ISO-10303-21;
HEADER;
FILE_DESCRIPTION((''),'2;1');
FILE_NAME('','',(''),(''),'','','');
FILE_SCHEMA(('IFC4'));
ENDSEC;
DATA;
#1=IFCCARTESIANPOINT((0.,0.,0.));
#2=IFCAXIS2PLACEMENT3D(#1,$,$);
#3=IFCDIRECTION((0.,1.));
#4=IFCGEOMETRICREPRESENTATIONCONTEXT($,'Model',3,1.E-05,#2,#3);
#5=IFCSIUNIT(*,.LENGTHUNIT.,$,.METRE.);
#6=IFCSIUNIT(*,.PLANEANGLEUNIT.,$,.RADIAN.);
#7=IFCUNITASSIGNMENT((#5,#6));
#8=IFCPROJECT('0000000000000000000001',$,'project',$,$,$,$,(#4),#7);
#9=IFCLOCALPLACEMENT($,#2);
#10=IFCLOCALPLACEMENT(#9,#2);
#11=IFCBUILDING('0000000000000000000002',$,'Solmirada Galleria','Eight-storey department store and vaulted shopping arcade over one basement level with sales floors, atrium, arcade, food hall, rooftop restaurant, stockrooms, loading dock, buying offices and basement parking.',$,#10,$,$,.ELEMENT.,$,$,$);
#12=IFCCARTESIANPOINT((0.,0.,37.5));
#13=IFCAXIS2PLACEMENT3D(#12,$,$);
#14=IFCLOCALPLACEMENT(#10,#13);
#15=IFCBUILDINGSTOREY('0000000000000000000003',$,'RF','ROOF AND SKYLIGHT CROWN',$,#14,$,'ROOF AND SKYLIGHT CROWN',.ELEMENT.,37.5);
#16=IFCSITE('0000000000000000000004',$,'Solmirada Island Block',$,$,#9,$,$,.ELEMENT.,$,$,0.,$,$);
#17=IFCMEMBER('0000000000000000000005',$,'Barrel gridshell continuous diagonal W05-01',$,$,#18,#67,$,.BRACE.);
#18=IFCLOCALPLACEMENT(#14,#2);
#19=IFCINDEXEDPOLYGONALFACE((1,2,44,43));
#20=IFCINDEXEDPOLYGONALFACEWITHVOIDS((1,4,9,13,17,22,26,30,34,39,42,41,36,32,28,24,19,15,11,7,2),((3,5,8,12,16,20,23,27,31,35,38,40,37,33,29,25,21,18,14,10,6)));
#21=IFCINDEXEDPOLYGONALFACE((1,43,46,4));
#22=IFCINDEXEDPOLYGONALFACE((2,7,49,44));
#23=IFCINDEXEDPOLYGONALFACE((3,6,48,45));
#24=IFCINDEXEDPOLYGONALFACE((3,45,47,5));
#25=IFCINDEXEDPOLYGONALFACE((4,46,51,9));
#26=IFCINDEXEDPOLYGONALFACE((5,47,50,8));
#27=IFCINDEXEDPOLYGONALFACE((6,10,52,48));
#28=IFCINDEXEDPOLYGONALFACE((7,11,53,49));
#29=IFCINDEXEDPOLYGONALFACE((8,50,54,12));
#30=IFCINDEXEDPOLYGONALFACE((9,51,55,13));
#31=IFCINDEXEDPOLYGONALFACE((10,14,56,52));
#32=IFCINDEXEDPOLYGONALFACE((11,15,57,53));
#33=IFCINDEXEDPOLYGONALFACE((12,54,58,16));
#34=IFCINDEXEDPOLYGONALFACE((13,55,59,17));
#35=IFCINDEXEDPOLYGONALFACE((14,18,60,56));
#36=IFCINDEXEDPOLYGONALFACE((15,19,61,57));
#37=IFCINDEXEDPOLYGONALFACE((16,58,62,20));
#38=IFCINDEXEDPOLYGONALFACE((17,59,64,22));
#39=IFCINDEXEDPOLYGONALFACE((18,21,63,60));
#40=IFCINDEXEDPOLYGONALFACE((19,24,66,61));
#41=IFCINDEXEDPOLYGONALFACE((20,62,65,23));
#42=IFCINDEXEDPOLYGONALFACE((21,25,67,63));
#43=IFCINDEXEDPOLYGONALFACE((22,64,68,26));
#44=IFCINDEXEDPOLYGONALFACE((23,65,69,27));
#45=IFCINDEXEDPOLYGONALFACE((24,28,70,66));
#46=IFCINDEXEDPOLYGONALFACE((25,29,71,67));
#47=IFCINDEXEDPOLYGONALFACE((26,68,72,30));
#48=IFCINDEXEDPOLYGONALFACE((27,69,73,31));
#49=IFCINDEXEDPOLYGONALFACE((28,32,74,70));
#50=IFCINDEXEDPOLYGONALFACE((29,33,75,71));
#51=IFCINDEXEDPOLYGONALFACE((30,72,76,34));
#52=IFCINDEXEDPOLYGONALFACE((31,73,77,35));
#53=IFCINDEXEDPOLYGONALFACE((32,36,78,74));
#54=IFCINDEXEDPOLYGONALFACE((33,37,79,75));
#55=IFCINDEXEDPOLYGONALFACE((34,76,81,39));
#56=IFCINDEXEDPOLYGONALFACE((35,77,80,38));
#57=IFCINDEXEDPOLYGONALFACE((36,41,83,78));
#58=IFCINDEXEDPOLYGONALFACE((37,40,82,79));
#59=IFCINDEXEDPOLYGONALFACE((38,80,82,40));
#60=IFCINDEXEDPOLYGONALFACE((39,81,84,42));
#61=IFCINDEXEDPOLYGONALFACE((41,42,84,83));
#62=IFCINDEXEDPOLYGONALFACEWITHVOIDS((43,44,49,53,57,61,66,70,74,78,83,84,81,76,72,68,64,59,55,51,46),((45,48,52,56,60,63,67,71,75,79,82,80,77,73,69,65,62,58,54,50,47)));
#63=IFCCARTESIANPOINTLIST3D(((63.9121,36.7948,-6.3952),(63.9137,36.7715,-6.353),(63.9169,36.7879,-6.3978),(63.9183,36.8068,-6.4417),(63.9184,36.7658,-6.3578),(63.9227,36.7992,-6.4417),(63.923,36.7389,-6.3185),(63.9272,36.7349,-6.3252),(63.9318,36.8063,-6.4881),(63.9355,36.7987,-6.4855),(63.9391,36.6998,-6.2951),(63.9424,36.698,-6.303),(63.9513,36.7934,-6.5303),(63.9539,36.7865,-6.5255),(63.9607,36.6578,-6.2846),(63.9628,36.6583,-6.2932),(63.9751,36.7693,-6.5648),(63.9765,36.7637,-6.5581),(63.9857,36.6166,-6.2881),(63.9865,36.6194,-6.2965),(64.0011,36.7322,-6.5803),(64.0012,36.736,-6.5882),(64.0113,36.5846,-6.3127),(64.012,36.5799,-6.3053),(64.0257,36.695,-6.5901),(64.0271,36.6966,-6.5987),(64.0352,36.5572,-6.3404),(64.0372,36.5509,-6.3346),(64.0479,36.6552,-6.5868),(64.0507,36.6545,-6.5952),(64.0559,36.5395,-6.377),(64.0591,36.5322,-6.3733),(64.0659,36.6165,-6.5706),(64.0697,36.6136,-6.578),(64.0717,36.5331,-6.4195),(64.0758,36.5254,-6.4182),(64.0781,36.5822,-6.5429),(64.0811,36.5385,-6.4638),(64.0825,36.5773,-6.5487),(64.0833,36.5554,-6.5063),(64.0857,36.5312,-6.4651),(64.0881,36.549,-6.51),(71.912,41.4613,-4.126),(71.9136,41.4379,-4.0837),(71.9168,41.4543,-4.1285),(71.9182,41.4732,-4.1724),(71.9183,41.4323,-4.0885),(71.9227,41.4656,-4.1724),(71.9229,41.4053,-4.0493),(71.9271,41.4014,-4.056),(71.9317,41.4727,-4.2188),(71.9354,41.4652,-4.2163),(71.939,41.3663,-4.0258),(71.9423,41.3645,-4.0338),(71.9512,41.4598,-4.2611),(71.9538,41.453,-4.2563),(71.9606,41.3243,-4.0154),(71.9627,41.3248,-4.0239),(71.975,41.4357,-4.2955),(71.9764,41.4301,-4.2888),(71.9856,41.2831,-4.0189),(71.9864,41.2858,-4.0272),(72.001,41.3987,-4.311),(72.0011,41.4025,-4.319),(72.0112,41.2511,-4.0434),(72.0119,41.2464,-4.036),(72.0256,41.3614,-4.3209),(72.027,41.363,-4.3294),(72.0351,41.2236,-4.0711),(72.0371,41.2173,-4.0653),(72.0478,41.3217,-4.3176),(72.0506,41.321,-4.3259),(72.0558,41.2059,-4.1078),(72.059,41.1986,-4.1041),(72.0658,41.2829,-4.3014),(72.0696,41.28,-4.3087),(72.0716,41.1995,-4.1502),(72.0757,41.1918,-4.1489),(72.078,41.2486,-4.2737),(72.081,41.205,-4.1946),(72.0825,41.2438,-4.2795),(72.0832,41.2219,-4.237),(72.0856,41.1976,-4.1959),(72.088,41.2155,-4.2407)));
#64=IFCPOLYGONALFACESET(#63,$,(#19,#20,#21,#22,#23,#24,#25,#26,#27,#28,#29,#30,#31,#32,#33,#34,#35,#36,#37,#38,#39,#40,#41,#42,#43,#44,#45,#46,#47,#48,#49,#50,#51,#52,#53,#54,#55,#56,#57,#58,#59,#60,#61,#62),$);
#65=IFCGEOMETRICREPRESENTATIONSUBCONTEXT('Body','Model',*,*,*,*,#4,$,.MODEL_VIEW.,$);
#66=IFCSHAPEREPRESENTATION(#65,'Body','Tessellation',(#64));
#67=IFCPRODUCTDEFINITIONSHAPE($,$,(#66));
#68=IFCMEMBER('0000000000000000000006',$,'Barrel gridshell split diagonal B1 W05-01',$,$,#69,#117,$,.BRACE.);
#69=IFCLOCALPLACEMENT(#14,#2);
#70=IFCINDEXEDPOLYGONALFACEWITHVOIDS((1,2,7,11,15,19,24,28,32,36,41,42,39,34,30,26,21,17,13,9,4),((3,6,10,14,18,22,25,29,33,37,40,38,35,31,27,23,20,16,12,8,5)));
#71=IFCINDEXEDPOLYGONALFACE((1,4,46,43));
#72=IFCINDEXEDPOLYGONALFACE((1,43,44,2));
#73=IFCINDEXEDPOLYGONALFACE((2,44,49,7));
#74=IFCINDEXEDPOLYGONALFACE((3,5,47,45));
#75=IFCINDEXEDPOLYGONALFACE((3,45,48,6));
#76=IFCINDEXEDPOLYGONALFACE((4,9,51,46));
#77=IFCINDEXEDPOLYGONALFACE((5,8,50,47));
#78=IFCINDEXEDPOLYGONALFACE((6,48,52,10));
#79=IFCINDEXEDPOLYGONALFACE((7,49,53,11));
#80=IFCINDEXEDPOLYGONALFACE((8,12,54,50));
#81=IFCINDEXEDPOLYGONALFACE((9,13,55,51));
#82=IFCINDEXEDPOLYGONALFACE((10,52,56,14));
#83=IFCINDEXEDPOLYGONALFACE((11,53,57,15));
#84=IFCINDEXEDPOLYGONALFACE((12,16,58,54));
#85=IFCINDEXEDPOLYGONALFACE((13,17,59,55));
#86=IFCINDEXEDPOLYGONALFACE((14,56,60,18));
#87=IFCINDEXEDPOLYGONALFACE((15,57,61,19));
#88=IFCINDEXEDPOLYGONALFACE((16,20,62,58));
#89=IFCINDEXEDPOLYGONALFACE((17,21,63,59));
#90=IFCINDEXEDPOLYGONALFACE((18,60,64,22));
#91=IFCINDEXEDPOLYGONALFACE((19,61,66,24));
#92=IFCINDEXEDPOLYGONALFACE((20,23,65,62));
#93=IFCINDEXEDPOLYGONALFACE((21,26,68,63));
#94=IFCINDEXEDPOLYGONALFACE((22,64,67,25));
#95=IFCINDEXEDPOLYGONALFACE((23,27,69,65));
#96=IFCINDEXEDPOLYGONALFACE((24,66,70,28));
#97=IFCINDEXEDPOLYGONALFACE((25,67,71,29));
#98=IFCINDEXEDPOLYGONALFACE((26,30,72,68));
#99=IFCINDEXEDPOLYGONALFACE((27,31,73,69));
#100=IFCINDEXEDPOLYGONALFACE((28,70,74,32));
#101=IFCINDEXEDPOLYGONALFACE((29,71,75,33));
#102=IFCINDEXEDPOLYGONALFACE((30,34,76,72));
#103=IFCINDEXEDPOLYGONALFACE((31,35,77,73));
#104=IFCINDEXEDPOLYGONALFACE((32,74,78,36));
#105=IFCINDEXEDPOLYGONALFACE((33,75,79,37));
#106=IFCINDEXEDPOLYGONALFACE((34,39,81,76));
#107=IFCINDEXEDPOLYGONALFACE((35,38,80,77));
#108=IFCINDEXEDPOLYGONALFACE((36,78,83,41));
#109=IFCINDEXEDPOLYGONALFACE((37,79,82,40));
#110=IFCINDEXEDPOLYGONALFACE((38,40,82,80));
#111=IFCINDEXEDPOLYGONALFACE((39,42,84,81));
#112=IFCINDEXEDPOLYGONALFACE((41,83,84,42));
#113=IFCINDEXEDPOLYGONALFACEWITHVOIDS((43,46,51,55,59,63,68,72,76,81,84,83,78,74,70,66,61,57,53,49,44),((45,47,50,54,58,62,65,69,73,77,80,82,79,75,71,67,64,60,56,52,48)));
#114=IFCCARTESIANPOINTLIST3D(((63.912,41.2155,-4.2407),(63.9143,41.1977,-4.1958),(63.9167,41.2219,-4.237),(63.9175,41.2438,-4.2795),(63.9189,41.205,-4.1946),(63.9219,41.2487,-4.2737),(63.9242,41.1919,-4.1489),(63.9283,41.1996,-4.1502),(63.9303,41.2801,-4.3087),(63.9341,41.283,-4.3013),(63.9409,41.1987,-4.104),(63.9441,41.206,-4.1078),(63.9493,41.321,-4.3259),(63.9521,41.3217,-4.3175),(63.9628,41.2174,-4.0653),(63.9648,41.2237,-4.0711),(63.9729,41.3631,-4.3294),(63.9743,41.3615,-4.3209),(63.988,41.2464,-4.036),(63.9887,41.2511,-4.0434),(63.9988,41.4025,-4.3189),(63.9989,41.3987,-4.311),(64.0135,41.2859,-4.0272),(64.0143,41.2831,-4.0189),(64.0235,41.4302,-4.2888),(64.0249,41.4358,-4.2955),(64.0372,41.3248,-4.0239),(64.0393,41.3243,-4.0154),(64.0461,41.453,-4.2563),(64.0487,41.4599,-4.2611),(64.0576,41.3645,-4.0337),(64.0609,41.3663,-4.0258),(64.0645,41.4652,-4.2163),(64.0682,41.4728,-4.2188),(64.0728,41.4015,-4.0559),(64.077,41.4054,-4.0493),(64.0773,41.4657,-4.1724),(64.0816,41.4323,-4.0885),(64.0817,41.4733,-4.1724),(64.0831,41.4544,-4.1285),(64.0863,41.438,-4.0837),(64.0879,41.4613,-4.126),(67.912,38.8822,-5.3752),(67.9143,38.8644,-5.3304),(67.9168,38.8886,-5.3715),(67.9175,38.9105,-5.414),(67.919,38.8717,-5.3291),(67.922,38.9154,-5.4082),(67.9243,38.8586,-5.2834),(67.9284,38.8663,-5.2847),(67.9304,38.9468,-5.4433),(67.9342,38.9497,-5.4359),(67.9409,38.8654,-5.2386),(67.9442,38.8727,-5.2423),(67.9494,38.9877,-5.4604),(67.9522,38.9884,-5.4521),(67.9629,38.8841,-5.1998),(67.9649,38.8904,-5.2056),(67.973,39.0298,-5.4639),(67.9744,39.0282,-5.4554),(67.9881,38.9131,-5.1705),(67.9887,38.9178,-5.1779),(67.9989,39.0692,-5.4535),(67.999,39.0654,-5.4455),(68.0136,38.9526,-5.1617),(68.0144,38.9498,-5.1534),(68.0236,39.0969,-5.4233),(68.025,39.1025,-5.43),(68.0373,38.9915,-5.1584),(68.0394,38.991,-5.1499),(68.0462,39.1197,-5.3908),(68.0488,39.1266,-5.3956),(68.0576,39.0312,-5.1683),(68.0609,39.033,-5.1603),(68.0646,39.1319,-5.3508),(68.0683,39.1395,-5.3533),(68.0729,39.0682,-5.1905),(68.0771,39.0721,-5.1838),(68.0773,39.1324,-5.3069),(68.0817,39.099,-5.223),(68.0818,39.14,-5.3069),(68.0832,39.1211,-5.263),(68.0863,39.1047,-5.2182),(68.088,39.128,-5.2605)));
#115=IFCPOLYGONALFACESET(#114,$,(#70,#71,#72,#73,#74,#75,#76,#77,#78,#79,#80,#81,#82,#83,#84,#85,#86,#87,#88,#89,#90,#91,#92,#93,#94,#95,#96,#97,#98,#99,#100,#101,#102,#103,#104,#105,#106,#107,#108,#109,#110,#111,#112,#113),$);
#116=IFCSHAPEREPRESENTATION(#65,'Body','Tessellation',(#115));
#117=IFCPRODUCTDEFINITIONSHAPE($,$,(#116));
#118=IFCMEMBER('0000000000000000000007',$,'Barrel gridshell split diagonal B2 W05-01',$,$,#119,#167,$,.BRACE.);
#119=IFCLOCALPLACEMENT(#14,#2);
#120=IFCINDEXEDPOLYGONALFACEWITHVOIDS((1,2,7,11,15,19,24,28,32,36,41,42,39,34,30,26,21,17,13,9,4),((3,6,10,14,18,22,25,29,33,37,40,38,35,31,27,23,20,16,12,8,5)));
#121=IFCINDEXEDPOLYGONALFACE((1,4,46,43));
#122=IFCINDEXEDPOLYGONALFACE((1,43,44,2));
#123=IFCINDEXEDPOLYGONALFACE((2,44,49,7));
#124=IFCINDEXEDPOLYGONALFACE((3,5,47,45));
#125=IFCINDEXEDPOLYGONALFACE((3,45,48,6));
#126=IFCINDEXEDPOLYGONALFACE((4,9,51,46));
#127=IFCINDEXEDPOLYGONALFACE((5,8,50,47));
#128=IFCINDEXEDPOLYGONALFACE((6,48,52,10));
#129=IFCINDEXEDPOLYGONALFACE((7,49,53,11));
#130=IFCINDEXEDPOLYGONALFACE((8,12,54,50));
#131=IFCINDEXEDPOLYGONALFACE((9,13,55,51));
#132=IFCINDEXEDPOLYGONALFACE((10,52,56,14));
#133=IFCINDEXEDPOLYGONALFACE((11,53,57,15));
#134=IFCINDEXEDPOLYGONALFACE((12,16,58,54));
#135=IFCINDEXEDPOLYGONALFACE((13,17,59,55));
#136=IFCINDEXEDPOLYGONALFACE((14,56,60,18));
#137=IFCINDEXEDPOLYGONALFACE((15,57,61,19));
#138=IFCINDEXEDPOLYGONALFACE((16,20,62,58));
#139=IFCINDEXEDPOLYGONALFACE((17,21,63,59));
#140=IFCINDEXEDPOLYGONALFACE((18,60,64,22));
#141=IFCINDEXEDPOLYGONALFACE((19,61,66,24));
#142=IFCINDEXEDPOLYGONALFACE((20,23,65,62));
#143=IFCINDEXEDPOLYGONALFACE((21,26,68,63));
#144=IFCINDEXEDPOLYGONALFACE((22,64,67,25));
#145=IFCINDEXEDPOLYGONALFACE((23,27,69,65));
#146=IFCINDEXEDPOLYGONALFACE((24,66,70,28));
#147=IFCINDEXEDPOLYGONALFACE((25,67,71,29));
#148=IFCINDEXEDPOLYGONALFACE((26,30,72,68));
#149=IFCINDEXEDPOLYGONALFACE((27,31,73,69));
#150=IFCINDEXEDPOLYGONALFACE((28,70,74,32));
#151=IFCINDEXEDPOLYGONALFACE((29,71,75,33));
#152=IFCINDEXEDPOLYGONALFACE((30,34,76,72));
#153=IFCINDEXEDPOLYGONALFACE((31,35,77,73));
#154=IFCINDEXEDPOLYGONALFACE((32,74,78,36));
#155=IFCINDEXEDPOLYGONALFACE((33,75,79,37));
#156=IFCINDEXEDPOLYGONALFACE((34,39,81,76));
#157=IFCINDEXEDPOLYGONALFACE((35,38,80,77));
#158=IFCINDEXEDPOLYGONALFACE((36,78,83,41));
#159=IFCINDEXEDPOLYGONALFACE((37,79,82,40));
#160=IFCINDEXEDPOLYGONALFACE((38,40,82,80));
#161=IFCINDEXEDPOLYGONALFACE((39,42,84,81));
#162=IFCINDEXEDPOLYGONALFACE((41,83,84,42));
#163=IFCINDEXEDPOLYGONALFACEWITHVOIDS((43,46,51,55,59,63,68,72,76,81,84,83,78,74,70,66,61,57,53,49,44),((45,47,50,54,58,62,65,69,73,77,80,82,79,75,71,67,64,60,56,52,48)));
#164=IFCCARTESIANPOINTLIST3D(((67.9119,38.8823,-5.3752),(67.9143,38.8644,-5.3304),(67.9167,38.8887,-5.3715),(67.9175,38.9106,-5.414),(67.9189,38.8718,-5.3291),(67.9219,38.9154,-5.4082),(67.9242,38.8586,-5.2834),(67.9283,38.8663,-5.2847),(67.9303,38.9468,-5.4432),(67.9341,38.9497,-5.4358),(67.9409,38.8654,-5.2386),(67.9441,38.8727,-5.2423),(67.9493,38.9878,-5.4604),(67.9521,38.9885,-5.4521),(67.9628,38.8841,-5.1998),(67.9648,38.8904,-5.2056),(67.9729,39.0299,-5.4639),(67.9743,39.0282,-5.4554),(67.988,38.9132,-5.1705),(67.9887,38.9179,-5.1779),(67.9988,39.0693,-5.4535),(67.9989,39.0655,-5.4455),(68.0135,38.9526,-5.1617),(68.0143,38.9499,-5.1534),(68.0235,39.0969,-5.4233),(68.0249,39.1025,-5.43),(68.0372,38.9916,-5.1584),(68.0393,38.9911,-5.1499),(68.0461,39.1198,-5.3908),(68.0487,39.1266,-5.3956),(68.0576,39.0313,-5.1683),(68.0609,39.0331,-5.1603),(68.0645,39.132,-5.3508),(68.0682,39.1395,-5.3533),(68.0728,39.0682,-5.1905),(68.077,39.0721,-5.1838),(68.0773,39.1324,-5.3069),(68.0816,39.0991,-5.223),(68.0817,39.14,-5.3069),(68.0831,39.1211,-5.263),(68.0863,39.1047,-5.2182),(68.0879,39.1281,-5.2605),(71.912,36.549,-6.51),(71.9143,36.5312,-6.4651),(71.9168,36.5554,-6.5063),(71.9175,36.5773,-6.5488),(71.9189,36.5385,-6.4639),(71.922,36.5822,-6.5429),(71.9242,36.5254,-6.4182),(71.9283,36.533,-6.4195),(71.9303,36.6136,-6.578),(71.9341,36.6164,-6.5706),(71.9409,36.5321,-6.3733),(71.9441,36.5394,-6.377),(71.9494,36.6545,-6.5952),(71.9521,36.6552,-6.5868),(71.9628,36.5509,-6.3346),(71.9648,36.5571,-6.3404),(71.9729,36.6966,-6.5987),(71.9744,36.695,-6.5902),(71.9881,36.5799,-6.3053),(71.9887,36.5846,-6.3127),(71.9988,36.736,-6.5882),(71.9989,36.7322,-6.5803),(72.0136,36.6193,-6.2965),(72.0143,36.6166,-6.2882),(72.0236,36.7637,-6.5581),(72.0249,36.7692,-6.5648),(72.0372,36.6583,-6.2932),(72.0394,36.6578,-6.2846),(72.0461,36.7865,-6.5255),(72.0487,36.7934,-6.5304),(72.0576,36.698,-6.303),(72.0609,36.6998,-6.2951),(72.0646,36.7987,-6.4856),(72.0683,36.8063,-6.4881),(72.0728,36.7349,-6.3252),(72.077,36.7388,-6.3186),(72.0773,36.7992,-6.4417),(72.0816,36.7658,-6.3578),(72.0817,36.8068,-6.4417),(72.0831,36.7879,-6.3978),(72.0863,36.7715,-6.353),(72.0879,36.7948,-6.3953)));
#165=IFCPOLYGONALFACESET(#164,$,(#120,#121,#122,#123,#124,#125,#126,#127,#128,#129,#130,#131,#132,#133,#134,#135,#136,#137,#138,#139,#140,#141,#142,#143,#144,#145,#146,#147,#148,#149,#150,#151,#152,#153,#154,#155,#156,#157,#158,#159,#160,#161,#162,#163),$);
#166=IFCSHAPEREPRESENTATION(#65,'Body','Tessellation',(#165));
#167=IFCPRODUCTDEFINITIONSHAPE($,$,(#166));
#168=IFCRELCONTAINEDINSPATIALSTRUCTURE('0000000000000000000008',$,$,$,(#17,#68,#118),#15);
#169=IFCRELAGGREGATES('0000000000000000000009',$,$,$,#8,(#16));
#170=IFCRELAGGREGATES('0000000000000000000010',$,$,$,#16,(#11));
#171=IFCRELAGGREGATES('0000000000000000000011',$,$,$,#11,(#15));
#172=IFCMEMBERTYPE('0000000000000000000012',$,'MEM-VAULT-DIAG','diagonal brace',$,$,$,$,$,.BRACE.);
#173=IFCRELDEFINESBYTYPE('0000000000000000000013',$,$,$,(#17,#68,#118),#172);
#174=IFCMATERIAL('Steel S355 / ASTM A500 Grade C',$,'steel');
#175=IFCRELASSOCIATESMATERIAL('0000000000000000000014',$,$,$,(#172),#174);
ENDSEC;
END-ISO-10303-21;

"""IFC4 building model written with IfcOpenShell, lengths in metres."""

from ifc_helpers import new_model, si_unit, direction, frame, origin, origin_2d, place, context, subcontext, project, spatial, hollow_circle, extrude, material, material_profile, profile_set, type_object, element, save


model = new_model("IFC4")

# Units and contexts
model_context = context("Model", 3, precision=1e-05, world=origin(), true_north=direction((0.0, 1.0)))
body_context = subcontext(model_context, "Body", "Model", "MODEL_VIEW")
ifc_project = project(units=[si_unit("LENGTHUNIT", "METRE"), si_unit("PLANEANGLEUNIT", "RADIAN")], contexts=[model_context])

# Site, building, storey
site_placement = place(None, origin())
site = spatial("IfcSite", under=ifc_project, at=site_placement, Name="Solmirada Island Block", CompositionType="ELEMENT", RefElevation=0.0)
building_placement = place(site_placement, origin())
building = spatial("IfcBuilding", under=site, at=building_placement, Name="Solmirada Galleria", Description="Eight-storey department store and vaulted shopping arcade over one basement level with sales floors, atrium, arcade, food hall, rooftop restaurant, stockrooms, loading dock, buying offices and basement parking.", CompositionType="ELEMENT")
storey_placement = place(building_placement, frame((0.0, 0.0, 37.5)))
storey = spatial("IfcBuildingStorey", under=building, at=storey_placement, Name="RF", Description="ROOF AND SKYLIGHT CROWN", LongName="ROOF AND SKYLIGHT CROWN", CompositionType="ELEMENT", Elevation=37.5)

# Members
ifc_material_1 = material(Name="Steel S355 / ASTM A500 Grade C", Category="steel")
ifc_material_profile_1 = material_profile(ifc_material_1, hollow_circle(Radius=0.1621, WallThickness=0.0088, at=origin_2d()), Name="HSS12.750X0.375")
ifc_profile_set_1 = profile_set([ifc_material_profile_1], Name="Steel S355 / ASTM A500 Grade C")
member_type_1 = type_object("IfcMemberType", Name="MEM-VAULT-DIAG", Description="diagonal brace", PredefinedType="BRACE", material=ifc_profile_set_1)
member_1_placement = place(storey_placement, frame((64.0, 36.6667, -6.4417), z_axis=(0.838969, 0.489382, 0.237983), x_axis=(-0.503858, 0.863787, 0.0)))
element("IfcMember", 1, at=member_1_placement, inside=storey, type_object=member_type_1, Name="Barrel gridshell continuous diagonal W05-01", PredefinedType="BRACE", context=body_context, shape_type="SweptSolid", body=[
    extrude(hollow_circle(Radius=0.1621, WallThickness=0.0088, at=origin_2d()), origin(), (0.0, 0.0, 1.0), 9.5354),
])
for number, where, z_axis, x_axis, name in (
    (2, (64.0, 41.3333, -4.1724), (0.838975, -0.489385, -0.237959), (0.503858, 0.863787, 0.0), "Barrel gridshell split diagonal B1 W05-01"),
    (3, (68.0, 39.0, -5.3069), (0.838964, -0.489379, -0.238007), (0.503858, 0.863787, 0.0), "Barrel gridshell split diagonal B2 W05-01"),
):
    element("IfcMember", number, at=place(storey_placement, frame(where, z_axis=z_axis, x_axis=x_axis)), inside=storey, type_object=member_type_1, Name=name, PredefinedType="BRACE", context=body_context, shape_type="SweptSolid", body=[
        extrude(hollow_circle(Radius=0.1621, WallThickness=0.0088, at=origin_2d()), origin(), (0.0, 0.0, 1.0), 4.7678),
    ])

save(model, "model.ifc")
